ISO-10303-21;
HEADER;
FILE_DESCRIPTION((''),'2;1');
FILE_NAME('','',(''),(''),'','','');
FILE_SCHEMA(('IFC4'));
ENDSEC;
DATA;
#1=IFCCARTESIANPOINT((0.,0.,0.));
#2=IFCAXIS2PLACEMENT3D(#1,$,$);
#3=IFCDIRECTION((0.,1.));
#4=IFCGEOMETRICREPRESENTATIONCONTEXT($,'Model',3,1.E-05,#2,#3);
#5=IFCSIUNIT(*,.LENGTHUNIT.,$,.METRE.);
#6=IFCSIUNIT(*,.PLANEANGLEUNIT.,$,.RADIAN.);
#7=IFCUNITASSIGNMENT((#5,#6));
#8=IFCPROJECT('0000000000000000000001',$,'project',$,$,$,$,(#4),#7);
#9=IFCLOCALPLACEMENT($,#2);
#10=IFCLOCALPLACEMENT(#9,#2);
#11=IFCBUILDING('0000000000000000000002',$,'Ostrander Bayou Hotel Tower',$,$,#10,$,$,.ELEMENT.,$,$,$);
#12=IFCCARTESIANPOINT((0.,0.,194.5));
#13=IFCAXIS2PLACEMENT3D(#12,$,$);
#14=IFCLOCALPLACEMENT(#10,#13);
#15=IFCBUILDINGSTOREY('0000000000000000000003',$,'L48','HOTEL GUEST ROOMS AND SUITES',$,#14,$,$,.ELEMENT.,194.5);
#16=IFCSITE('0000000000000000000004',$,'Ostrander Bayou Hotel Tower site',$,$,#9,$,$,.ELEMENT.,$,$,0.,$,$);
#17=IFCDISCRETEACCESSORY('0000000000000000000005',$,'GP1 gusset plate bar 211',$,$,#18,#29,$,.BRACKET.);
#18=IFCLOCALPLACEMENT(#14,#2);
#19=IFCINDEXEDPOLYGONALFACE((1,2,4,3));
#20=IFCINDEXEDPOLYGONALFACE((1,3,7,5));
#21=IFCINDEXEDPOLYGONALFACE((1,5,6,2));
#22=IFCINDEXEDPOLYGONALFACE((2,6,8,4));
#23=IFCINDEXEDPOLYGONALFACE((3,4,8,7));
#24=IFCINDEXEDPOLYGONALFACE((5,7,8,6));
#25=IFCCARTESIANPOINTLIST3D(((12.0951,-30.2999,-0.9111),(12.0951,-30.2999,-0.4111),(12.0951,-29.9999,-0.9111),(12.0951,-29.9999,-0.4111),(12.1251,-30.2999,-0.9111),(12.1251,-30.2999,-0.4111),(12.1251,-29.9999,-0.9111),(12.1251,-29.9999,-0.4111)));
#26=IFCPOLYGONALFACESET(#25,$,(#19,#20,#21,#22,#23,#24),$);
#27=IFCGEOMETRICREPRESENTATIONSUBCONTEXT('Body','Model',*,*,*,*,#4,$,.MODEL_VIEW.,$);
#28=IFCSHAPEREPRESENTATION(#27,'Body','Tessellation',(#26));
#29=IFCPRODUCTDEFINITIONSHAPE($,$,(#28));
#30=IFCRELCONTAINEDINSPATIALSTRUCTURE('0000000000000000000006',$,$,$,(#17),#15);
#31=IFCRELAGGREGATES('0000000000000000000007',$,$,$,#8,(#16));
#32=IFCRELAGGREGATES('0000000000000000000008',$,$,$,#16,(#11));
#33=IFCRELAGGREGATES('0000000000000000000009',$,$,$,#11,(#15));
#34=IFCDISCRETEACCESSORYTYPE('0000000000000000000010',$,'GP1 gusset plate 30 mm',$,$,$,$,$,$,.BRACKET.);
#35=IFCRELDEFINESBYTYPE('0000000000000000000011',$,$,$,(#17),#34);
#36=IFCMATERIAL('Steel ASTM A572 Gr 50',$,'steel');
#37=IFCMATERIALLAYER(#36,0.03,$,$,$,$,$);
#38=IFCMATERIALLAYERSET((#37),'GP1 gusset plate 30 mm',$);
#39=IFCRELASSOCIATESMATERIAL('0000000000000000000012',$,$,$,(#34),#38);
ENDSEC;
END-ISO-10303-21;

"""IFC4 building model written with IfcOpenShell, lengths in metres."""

from ifc_helpers import new_model, si_unit, direction, frame, origin, origin_2d, place, context, subcontext, project, spatial, rectangle, extrude, material, layer, layer_set, type_object, element, save


model = new_model("IFC4")

# Units and contexts
model_context = context("Model", 3, precision=1e-05, world=origin(), true_north=direction((0.0, 1.0)))
body_context = subcontext(model_context, "Body", "Model", "MODEL_VIEW")
ifc_project = project(units=[si_unit("LENGTHUNIT", "METRE"), si_unit("PLANEANGLEUNIT", "RADIAN")], contexts=[model_context])

# Site, building, storey
site_placement = place(None, origin())
site = spatial("IfcSite", under=ifc_project, at=site_placement, Name="Ostrander Bayou Hotel Tower site", CompositionType="ELEMENT", RefElevation=0.0)
building_placement = place(site_placement, origin())
building = spatial("IfcBuilding", under=site, at=building_placement, Name="Ostrander Bayou Hotel Tower", CompositionType="ELEMENT")
storey_placement = place(building_placement, frame((0.0, 0.0, 194.5)))
storey = spatial("IfcBuildingStorey", under=building, at=storey_placement, Name="L48", Description="HOTEL GUEST ROOMS AND SUITES", CompositionType="ELEMENT", Elevation=194.5)

# Discrete accessory
ifc_material_1 = material(Name="Steel ASTM A572 Gr 50", Category="steel")
ifc_layer_1 = layer(ifc_material_1, 0.03)
ifc_layer_set_1 = layer_set([ifc_layer_1], Name="GP1 gusset plate 30 mm")
discrete_accessory_type = type_object("IfcDiscreteAccessoryType", Name="GP1 gusset plate 30 mm", PredefinedType="BRACKET", material=ifc_layer_set_1)
discrete_accessory_placement = place(storey_placement, frame((12.1101, -30.1499, -0.9111), z_axis=(0.0, 0.0, 1.0), x_axis=(0.0, 1.0, 0.0)))
element("IfcDiscreteAccessory", 1, at=discrete_accessory_placement, inside=storey, type_object=discrete_accessory_type, Name="GP1 gusset plate bar 211", PredefinedType="BRACKET", context=body_context, shape_type="SweptSolid", body=[
    extrude(rectangle(XDim=0.3, YDim=0.03, at=origin_2d()), origin(), (0.0, 0.0, 1.0), 0.5),
])

save(model, "model.ifc")
